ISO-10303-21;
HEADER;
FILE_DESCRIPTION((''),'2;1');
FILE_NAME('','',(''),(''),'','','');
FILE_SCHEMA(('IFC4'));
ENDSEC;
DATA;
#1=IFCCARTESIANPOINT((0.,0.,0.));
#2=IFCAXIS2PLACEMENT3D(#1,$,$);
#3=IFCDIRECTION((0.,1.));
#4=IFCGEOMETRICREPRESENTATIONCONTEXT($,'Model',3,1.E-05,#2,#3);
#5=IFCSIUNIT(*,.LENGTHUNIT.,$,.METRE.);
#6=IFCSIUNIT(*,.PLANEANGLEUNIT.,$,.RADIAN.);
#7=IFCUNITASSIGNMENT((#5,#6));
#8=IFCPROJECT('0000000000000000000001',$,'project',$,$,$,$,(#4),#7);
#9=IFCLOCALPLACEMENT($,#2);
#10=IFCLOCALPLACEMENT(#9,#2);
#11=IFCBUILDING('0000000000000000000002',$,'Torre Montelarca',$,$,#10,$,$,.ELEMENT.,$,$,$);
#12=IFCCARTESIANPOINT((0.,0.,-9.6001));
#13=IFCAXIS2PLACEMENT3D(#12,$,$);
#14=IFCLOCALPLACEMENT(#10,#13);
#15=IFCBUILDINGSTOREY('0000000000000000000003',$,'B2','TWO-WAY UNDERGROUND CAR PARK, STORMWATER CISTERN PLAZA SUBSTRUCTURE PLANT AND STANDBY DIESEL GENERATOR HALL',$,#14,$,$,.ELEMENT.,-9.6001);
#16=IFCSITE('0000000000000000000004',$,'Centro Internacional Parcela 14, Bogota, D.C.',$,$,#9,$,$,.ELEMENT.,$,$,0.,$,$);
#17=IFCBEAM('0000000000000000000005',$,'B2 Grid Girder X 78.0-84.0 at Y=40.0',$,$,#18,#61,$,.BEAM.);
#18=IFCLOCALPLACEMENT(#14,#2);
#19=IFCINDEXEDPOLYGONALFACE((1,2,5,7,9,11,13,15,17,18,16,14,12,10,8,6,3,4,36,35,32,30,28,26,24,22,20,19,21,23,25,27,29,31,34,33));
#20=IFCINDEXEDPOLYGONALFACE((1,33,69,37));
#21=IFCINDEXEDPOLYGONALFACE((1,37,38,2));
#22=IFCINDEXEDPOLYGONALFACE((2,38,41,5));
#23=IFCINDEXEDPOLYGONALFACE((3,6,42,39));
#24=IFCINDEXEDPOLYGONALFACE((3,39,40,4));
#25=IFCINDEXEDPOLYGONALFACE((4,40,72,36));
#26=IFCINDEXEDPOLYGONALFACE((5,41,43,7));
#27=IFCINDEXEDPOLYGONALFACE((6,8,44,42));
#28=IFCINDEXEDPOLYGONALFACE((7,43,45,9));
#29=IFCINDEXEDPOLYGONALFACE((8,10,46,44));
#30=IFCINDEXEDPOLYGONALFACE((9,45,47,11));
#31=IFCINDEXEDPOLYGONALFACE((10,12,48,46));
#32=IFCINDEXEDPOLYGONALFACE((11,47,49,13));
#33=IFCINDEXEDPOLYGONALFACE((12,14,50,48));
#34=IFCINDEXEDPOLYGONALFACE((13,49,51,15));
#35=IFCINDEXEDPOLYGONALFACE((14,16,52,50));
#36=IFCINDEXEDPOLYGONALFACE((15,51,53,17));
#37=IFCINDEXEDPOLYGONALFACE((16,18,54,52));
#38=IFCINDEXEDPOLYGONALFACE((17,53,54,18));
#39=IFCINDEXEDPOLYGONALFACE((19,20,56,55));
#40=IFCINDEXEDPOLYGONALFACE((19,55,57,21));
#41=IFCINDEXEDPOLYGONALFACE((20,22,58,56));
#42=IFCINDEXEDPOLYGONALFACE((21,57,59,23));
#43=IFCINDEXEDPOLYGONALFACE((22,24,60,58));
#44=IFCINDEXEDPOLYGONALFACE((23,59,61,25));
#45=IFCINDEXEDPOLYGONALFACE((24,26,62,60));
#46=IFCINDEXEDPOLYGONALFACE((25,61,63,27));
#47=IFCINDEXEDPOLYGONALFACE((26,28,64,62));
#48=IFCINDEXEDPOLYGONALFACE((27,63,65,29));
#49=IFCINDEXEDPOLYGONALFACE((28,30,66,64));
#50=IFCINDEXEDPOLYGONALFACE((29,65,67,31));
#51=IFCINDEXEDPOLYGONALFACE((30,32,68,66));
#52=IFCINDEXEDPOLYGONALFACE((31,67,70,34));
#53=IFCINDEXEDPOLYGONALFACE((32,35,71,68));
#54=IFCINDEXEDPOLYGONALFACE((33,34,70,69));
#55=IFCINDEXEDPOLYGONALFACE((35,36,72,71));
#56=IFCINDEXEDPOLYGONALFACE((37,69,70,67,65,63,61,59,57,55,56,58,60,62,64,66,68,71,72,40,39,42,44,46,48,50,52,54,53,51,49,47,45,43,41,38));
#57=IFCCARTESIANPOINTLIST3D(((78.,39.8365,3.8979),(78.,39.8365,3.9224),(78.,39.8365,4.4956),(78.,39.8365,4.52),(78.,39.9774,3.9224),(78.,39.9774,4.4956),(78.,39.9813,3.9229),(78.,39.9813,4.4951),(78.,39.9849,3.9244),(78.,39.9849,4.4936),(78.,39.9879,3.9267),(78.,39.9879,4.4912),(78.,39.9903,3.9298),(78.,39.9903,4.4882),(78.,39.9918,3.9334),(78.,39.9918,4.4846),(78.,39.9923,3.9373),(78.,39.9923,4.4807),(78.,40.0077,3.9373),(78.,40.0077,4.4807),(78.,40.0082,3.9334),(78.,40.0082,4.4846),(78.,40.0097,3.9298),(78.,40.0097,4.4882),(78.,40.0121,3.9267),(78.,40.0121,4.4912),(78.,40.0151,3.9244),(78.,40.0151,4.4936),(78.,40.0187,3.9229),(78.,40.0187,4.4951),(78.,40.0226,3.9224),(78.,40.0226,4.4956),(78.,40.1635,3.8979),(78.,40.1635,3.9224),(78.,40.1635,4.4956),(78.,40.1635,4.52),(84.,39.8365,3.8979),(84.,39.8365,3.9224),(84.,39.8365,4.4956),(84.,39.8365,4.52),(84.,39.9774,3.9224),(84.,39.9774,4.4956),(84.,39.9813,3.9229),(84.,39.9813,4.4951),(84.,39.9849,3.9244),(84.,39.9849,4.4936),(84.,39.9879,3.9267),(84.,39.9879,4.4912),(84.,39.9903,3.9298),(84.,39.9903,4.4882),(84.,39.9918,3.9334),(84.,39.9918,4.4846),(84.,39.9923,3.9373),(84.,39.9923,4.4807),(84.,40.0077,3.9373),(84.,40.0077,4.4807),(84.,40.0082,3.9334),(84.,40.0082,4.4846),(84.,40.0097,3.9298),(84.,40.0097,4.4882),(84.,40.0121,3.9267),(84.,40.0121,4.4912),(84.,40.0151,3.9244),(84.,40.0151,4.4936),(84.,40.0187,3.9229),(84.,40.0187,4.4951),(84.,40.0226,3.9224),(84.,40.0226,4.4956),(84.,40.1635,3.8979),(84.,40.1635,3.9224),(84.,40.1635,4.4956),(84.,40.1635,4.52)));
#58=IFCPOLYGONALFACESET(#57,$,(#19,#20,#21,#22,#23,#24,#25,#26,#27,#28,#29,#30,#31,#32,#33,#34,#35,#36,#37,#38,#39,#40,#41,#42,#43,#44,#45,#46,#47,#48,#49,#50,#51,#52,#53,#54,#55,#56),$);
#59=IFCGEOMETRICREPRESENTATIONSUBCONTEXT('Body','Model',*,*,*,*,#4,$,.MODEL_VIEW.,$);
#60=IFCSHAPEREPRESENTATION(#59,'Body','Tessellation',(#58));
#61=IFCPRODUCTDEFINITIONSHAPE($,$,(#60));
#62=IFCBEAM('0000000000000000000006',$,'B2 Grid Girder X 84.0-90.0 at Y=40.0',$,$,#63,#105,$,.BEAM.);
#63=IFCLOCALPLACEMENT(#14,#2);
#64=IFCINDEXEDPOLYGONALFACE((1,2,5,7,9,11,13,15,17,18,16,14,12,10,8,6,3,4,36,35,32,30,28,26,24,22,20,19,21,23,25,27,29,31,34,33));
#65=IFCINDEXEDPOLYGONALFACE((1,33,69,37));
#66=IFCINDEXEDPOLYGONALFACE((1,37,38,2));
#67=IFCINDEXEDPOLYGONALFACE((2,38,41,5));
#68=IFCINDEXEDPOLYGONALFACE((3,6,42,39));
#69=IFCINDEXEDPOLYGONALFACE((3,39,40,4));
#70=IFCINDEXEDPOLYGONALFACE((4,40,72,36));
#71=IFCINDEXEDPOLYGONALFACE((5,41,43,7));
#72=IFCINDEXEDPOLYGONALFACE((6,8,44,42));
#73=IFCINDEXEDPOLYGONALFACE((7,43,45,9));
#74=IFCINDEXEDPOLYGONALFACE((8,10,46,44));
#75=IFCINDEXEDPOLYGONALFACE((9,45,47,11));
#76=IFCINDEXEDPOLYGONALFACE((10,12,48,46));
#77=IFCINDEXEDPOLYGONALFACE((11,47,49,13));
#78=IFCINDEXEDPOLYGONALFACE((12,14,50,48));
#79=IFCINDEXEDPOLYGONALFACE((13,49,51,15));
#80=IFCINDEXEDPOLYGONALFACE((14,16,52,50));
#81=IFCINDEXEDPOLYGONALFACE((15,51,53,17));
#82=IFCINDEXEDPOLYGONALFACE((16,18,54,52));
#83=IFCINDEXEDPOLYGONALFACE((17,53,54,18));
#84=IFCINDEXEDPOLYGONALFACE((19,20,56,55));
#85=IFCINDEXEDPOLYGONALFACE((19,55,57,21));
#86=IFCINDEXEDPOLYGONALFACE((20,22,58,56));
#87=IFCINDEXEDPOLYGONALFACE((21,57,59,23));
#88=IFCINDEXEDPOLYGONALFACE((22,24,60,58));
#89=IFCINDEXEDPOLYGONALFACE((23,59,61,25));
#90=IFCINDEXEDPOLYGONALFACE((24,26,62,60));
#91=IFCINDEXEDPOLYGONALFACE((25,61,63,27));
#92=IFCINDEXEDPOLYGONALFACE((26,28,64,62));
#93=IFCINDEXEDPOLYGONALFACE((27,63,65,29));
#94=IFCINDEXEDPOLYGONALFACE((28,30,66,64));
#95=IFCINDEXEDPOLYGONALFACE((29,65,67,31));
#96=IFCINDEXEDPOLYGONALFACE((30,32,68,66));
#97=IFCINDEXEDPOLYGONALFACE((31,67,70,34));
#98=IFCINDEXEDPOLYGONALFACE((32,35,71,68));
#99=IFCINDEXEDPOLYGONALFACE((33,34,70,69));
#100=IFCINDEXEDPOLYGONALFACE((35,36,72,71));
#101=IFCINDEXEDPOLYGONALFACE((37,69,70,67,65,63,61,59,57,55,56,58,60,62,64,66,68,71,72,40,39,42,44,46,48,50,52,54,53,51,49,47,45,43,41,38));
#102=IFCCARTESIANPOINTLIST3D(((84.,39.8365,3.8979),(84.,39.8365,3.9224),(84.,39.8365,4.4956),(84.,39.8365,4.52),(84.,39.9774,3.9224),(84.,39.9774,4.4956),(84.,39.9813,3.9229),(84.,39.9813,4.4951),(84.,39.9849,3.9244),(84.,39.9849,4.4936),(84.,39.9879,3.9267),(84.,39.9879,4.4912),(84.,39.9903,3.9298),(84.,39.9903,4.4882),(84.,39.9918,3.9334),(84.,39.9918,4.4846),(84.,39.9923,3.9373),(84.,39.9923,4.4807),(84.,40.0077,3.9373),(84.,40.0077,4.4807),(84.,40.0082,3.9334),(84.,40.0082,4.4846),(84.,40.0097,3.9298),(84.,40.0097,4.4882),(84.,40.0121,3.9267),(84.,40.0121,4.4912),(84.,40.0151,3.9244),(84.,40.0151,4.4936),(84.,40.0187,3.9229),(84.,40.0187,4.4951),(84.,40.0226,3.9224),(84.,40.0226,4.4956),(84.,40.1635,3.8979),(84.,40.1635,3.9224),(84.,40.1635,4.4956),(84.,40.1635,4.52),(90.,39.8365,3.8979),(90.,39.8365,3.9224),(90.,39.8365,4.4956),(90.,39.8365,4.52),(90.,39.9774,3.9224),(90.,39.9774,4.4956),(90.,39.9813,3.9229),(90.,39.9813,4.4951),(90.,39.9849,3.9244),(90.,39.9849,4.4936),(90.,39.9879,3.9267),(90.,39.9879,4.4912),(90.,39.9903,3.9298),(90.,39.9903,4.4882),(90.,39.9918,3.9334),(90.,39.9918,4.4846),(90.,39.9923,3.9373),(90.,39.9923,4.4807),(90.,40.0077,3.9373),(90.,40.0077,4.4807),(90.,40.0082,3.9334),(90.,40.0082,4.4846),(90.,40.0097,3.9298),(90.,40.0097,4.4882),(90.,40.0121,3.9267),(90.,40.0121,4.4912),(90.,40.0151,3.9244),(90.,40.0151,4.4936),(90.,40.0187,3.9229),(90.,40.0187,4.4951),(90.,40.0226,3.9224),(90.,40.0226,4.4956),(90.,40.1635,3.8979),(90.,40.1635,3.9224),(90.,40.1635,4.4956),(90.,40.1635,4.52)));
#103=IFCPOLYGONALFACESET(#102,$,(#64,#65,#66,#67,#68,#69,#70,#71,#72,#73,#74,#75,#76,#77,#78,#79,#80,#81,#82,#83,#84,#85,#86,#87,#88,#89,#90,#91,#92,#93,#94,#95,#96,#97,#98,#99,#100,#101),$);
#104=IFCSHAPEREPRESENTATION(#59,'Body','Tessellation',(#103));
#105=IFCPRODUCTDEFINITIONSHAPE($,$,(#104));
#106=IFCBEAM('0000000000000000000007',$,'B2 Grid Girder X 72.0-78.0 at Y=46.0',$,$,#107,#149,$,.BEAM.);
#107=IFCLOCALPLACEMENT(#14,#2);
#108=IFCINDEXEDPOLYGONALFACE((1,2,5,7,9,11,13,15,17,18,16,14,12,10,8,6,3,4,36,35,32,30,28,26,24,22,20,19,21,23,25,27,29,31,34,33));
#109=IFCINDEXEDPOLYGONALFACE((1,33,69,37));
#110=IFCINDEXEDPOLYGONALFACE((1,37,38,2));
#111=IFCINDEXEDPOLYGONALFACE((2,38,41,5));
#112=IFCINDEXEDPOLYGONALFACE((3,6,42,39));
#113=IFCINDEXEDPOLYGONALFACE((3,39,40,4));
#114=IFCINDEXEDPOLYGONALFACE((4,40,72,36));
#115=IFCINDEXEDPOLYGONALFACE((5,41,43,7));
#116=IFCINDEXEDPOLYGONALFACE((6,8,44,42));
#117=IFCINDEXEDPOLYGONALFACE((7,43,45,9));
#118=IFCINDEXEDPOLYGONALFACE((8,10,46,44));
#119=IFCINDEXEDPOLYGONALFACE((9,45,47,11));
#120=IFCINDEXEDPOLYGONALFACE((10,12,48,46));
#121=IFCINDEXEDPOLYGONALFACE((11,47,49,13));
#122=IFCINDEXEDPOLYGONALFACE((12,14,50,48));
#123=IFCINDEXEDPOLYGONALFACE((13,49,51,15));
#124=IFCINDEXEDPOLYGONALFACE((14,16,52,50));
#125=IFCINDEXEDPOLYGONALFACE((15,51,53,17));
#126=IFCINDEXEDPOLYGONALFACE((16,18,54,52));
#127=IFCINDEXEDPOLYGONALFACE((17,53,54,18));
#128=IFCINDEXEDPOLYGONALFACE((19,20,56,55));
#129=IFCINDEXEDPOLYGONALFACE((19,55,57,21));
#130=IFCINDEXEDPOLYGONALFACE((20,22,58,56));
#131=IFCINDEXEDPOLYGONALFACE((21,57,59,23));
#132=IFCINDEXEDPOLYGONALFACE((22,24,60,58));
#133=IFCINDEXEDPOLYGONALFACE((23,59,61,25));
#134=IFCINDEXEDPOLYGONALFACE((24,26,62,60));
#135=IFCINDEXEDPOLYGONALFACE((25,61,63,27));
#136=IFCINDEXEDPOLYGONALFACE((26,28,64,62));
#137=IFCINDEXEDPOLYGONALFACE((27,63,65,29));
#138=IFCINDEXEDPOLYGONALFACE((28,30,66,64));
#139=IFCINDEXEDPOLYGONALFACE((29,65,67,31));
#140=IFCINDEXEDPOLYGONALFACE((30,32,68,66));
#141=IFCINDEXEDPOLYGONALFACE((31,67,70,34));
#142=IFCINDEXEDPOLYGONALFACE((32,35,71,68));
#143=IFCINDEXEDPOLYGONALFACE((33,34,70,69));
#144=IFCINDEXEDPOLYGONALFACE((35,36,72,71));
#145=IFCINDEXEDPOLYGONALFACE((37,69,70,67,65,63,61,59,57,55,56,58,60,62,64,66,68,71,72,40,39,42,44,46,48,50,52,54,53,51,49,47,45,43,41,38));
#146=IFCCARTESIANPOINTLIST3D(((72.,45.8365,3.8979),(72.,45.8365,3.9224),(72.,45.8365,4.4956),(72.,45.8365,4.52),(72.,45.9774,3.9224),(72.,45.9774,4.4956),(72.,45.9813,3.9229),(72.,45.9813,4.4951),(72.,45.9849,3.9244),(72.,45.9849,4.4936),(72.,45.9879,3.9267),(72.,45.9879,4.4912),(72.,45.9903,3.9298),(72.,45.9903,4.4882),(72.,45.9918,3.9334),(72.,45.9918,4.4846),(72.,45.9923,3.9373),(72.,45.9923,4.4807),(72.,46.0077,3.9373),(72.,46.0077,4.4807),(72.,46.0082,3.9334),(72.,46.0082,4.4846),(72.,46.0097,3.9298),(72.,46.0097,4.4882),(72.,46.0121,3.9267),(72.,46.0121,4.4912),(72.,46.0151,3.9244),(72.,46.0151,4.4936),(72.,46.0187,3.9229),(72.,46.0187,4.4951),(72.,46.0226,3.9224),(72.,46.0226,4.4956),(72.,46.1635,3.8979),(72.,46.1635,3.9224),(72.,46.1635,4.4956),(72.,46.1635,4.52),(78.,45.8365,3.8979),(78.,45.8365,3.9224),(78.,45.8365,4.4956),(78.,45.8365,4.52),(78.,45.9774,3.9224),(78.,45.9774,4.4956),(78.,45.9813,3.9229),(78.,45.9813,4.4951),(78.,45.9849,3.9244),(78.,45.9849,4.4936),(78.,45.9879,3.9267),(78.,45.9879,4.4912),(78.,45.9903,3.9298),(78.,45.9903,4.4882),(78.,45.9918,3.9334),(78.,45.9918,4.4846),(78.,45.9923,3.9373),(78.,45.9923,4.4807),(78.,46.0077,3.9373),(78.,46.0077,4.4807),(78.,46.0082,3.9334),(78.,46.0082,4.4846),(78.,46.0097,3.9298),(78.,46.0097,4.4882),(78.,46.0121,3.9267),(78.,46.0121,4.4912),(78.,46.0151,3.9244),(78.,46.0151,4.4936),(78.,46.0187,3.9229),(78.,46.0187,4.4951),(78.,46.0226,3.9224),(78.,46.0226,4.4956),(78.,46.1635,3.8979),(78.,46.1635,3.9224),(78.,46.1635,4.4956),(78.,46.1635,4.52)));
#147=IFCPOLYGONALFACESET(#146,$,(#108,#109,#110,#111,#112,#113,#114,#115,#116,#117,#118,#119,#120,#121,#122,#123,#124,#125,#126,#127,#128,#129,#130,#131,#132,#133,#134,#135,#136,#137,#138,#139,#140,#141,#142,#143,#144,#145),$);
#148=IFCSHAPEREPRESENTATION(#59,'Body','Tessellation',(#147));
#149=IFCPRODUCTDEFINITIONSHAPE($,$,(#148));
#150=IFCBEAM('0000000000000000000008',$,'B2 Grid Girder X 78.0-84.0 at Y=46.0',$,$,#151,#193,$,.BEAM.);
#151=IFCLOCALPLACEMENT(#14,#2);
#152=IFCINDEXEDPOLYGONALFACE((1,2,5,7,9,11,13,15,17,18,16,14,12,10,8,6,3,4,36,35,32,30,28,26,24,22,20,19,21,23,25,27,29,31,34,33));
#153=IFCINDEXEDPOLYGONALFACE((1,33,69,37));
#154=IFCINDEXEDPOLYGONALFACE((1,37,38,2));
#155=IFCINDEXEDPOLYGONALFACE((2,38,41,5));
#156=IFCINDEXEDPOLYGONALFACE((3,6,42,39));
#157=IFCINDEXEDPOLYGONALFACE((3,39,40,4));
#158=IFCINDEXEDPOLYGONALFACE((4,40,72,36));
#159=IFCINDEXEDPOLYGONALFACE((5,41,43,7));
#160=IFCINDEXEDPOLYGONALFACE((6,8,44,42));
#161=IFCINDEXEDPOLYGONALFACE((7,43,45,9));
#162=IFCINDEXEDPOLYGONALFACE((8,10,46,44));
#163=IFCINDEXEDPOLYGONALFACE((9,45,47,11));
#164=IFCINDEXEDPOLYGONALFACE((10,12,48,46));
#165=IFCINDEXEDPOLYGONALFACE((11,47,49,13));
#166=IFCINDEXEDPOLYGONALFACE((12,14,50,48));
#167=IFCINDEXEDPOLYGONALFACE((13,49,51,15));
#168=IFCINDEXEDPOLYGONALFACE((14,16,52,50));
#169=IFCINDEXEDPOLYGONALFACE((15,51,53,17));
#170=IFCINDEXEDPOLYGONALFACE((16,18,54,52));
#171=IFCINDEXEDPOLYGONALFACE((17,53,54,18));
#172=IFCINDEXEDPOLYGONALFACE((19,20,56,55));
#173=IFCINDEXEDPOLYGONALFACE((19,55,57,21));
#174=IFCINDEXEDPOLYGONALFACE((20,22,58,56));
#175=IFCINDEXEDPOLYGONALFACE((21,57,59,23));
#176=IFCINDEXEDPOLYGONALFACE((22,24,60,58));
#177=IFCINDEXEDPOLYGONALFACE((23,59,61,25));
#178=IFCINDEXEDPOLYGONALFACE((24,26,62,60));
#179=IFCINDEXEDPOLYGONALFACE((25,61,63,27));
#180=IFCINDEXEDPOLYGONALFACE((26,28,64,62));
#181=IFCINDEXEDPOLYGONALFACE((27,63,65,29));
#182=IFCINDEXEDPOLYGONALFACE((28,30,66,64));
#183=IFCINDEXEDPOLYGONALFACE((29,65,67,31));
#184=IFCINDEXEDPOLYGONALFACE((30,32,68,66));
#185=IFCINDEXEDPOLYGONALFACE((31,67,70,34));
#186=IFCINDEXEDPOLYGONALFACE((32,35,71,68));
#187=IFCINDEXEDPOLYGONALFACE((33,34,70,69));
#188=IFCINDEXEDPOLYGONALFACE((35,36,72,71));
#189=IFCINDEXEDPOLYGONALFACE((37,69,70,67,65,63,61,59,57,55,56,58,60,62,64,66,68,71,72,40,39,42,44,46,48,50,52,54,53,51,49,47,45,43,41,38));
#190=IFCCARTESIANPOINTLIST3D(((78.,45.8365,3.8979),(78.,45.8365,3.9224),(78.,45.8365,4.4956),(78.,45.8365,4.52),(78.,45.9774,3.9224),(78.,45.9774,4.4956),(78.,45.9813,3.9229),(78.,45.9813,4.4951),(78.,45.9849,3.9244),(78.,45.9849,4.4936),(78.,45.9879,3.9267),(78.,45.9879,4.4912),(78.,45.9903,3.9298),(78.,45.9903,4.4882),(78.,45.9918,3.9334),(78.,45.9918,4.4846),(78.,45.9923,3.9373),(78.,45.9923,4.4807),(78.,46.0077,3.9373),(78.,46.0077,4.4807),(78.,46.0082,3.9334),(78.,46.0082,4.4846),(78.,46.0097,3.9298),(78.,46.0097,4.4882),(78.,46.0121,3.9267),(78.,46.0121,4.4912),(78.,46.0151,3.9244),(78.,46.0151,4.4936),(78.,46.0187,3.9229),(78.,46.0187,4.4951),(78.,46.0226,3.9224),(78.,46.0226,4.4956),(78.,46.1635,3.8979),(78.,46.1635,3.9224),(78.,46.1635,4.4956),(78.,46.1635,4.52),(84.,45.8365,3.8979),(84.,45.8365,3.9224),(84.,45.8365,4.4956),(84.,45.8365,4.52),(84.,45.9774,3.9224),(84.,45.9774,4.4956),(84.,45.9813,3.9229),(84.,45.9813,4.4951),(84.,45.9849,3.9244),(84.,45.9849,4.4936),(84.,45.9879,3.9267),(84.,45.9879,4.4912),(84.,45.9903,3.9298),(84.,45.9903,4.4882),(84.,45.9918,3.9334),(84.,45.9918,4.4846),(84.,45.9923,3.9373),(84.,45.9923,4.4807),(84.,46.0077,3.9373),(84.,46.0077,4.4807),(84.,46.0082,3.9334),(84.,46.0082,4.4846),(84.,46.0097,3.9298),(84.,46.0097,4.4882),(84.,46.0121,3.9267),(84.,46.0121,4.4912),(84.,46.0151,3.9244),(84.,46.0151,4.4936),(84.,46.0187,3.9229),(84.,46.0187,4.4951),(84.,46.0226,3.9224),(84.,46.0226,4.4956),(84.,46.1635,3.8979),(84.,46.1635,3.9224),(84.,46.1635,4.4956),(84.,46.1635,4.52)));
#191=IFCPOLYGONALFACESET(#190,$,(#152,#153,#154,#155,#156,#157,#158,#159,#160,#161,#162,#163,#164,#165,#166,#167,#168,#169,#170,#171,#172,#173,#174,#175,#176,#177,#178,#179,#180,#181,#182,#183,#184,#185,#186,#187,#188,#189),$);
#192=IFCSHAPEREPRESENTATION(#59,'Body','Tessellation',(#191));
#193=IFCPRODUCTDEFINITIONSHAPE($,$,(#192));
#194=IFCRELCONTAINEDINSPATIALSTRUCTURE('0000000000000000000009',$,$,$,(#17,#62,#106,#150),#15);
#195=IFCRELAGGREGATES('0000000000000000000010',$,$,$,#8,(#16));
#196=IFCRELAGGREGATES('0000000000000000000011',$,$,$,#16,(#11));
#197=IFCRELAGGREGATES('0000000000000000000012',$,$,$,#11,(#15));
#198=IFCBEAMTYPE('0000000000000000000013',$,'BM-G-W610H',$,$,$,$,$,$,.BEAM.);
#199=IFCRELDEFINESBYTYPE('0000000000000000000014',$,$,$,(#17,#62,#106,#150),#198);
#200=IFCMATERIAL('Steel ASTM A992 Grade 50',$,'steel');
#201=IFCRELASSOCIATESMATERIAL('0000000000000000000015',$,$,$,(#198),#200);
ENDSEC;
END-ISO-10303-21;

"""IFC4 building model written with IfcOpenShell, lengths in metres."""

from ifc_helpers import new_model, si_unit, direction, frame, origin, origin_2d, place, context, subcontext, project, spatial, i_section, extrude, source, transform, mapped, material, material_profile, profile_set, type_object, element, save


model = new_model("IFC4")

# Units and contexts
model_context = context("Model", 3, precision=1e-05, world=origin(), true_north=direction((0.0, 1.0)))
body_context = subcontext(model_context, "Body", "Model", "MODEL_VIEW")
ifc_project = project(units=[si_unit("LENGTHUNIT", "METRE"), si_unit("PLANEANGLEUNIT", "RADIAN")], contexts=[model_context])

# Site, building, storey
site_placement = place(None, origin())
site = spatial("IfcSite", under=ifc_project, at=site_placement, Name="Centro Internacional Parcela 14, Bogota, D.C.", CompositionType="ELEMENT", RefElevation=0.0)
building_placement = place(site_placement, origin())
building = spatial("IfcBuilding", under=site, at=building_placement, Name="Torre Montelarca", CompositionType="ELEMENT")
storey_placement = place(building_placement, frame((0.0, 0.0, -9.6001)))
storey = spatial("IfcBuildingStorey", under=building, at=storey_placement, Name="B2", Description="TWO-WAY UNDERGROUND CAR PARK, STORMWATER CISTERN PLAZA SUBSTRUCTURE PLANT AND STANDBY DIESEL GENERATOR HALL", CompositionType="ELEMENT", Elevation=-9.6001)

# Beams
ifc_material_1 = material(Name="Steel ASTM A992 Grade 50", Category="steel")
ifc_material_profile_1 = material_profile(ifc_material_1, i_section(OverallWidth=0.3269, OverallDepth=0.6221, WebThickness=0.0154, FlangeThickness=0.0244, FilletRadius=0.0149, at=origin_2d()), Name="W610X195", Category="steel")
ifc_profile_set_1 = profile_set([ifc_material_profile_1], Name="Steel ASTM A992 Grade 50")
beam_type_1 = type_object("IfcBeamType", Name="BM-G-W610H", PredefinedType="BEAM", material=ifc_profile_set_1)
shared_shape_1 = source(origin(), body_context, "Body", "SweptSolid", [
    extrude(i_section(OverallWidth=0.3269, OverallDepth=0.6221, WebThickness=0.0154, FlangeThickness=0.0244, FilletRadius=0.0149, at=origin_2d()), origin(), (0.0, 0.0, 1.0), 6.0),
])
for number, where, z_axis, x_axis, name in (
    (1, (78.0, 40.0, 4.209), (1.0, 0.0, 0.0), (0.0, 1.0, 0.0), "B2 Grid Girder X 78.0-84.0 at Y=40.0"),
    (2, (84.0, 40.0, 4.209), (1.0, 0.0, 0.0), (0.0, 1.0, 0.0), "B2 Grid Girder X 84.0-90.0 at Y=40.0"),
    (3, (72.0, 46.0, 4.209), (1.0, 0.0, 0.0), (0.0, 1.0, 0.0), "B2 Grid Girder X 72.0-78.0 at Y=46.0"),
    (4, (78.0, 46.0, 4.209), (1.0, 0.0, 0.0), (0.0, 1.0, 0.0), "B2 Grid Girder X 78.0-84.0 at Y=46.0"),
):
    element("IfcBeam", number, at=place(storey_placement, frame(where, z_axis=z_axis, x_axis=x_axis)), inside=storey, type_object=beam_type_1, Name=name, PredefinedType="BEAM", context=body_context, shape_type="MappedRepresentation", body=[
        mapped(shared_shape_1, transform((0.0, 0.0, 0.0), scale=1.0)),
    ])

save(model, "model.ifc")
